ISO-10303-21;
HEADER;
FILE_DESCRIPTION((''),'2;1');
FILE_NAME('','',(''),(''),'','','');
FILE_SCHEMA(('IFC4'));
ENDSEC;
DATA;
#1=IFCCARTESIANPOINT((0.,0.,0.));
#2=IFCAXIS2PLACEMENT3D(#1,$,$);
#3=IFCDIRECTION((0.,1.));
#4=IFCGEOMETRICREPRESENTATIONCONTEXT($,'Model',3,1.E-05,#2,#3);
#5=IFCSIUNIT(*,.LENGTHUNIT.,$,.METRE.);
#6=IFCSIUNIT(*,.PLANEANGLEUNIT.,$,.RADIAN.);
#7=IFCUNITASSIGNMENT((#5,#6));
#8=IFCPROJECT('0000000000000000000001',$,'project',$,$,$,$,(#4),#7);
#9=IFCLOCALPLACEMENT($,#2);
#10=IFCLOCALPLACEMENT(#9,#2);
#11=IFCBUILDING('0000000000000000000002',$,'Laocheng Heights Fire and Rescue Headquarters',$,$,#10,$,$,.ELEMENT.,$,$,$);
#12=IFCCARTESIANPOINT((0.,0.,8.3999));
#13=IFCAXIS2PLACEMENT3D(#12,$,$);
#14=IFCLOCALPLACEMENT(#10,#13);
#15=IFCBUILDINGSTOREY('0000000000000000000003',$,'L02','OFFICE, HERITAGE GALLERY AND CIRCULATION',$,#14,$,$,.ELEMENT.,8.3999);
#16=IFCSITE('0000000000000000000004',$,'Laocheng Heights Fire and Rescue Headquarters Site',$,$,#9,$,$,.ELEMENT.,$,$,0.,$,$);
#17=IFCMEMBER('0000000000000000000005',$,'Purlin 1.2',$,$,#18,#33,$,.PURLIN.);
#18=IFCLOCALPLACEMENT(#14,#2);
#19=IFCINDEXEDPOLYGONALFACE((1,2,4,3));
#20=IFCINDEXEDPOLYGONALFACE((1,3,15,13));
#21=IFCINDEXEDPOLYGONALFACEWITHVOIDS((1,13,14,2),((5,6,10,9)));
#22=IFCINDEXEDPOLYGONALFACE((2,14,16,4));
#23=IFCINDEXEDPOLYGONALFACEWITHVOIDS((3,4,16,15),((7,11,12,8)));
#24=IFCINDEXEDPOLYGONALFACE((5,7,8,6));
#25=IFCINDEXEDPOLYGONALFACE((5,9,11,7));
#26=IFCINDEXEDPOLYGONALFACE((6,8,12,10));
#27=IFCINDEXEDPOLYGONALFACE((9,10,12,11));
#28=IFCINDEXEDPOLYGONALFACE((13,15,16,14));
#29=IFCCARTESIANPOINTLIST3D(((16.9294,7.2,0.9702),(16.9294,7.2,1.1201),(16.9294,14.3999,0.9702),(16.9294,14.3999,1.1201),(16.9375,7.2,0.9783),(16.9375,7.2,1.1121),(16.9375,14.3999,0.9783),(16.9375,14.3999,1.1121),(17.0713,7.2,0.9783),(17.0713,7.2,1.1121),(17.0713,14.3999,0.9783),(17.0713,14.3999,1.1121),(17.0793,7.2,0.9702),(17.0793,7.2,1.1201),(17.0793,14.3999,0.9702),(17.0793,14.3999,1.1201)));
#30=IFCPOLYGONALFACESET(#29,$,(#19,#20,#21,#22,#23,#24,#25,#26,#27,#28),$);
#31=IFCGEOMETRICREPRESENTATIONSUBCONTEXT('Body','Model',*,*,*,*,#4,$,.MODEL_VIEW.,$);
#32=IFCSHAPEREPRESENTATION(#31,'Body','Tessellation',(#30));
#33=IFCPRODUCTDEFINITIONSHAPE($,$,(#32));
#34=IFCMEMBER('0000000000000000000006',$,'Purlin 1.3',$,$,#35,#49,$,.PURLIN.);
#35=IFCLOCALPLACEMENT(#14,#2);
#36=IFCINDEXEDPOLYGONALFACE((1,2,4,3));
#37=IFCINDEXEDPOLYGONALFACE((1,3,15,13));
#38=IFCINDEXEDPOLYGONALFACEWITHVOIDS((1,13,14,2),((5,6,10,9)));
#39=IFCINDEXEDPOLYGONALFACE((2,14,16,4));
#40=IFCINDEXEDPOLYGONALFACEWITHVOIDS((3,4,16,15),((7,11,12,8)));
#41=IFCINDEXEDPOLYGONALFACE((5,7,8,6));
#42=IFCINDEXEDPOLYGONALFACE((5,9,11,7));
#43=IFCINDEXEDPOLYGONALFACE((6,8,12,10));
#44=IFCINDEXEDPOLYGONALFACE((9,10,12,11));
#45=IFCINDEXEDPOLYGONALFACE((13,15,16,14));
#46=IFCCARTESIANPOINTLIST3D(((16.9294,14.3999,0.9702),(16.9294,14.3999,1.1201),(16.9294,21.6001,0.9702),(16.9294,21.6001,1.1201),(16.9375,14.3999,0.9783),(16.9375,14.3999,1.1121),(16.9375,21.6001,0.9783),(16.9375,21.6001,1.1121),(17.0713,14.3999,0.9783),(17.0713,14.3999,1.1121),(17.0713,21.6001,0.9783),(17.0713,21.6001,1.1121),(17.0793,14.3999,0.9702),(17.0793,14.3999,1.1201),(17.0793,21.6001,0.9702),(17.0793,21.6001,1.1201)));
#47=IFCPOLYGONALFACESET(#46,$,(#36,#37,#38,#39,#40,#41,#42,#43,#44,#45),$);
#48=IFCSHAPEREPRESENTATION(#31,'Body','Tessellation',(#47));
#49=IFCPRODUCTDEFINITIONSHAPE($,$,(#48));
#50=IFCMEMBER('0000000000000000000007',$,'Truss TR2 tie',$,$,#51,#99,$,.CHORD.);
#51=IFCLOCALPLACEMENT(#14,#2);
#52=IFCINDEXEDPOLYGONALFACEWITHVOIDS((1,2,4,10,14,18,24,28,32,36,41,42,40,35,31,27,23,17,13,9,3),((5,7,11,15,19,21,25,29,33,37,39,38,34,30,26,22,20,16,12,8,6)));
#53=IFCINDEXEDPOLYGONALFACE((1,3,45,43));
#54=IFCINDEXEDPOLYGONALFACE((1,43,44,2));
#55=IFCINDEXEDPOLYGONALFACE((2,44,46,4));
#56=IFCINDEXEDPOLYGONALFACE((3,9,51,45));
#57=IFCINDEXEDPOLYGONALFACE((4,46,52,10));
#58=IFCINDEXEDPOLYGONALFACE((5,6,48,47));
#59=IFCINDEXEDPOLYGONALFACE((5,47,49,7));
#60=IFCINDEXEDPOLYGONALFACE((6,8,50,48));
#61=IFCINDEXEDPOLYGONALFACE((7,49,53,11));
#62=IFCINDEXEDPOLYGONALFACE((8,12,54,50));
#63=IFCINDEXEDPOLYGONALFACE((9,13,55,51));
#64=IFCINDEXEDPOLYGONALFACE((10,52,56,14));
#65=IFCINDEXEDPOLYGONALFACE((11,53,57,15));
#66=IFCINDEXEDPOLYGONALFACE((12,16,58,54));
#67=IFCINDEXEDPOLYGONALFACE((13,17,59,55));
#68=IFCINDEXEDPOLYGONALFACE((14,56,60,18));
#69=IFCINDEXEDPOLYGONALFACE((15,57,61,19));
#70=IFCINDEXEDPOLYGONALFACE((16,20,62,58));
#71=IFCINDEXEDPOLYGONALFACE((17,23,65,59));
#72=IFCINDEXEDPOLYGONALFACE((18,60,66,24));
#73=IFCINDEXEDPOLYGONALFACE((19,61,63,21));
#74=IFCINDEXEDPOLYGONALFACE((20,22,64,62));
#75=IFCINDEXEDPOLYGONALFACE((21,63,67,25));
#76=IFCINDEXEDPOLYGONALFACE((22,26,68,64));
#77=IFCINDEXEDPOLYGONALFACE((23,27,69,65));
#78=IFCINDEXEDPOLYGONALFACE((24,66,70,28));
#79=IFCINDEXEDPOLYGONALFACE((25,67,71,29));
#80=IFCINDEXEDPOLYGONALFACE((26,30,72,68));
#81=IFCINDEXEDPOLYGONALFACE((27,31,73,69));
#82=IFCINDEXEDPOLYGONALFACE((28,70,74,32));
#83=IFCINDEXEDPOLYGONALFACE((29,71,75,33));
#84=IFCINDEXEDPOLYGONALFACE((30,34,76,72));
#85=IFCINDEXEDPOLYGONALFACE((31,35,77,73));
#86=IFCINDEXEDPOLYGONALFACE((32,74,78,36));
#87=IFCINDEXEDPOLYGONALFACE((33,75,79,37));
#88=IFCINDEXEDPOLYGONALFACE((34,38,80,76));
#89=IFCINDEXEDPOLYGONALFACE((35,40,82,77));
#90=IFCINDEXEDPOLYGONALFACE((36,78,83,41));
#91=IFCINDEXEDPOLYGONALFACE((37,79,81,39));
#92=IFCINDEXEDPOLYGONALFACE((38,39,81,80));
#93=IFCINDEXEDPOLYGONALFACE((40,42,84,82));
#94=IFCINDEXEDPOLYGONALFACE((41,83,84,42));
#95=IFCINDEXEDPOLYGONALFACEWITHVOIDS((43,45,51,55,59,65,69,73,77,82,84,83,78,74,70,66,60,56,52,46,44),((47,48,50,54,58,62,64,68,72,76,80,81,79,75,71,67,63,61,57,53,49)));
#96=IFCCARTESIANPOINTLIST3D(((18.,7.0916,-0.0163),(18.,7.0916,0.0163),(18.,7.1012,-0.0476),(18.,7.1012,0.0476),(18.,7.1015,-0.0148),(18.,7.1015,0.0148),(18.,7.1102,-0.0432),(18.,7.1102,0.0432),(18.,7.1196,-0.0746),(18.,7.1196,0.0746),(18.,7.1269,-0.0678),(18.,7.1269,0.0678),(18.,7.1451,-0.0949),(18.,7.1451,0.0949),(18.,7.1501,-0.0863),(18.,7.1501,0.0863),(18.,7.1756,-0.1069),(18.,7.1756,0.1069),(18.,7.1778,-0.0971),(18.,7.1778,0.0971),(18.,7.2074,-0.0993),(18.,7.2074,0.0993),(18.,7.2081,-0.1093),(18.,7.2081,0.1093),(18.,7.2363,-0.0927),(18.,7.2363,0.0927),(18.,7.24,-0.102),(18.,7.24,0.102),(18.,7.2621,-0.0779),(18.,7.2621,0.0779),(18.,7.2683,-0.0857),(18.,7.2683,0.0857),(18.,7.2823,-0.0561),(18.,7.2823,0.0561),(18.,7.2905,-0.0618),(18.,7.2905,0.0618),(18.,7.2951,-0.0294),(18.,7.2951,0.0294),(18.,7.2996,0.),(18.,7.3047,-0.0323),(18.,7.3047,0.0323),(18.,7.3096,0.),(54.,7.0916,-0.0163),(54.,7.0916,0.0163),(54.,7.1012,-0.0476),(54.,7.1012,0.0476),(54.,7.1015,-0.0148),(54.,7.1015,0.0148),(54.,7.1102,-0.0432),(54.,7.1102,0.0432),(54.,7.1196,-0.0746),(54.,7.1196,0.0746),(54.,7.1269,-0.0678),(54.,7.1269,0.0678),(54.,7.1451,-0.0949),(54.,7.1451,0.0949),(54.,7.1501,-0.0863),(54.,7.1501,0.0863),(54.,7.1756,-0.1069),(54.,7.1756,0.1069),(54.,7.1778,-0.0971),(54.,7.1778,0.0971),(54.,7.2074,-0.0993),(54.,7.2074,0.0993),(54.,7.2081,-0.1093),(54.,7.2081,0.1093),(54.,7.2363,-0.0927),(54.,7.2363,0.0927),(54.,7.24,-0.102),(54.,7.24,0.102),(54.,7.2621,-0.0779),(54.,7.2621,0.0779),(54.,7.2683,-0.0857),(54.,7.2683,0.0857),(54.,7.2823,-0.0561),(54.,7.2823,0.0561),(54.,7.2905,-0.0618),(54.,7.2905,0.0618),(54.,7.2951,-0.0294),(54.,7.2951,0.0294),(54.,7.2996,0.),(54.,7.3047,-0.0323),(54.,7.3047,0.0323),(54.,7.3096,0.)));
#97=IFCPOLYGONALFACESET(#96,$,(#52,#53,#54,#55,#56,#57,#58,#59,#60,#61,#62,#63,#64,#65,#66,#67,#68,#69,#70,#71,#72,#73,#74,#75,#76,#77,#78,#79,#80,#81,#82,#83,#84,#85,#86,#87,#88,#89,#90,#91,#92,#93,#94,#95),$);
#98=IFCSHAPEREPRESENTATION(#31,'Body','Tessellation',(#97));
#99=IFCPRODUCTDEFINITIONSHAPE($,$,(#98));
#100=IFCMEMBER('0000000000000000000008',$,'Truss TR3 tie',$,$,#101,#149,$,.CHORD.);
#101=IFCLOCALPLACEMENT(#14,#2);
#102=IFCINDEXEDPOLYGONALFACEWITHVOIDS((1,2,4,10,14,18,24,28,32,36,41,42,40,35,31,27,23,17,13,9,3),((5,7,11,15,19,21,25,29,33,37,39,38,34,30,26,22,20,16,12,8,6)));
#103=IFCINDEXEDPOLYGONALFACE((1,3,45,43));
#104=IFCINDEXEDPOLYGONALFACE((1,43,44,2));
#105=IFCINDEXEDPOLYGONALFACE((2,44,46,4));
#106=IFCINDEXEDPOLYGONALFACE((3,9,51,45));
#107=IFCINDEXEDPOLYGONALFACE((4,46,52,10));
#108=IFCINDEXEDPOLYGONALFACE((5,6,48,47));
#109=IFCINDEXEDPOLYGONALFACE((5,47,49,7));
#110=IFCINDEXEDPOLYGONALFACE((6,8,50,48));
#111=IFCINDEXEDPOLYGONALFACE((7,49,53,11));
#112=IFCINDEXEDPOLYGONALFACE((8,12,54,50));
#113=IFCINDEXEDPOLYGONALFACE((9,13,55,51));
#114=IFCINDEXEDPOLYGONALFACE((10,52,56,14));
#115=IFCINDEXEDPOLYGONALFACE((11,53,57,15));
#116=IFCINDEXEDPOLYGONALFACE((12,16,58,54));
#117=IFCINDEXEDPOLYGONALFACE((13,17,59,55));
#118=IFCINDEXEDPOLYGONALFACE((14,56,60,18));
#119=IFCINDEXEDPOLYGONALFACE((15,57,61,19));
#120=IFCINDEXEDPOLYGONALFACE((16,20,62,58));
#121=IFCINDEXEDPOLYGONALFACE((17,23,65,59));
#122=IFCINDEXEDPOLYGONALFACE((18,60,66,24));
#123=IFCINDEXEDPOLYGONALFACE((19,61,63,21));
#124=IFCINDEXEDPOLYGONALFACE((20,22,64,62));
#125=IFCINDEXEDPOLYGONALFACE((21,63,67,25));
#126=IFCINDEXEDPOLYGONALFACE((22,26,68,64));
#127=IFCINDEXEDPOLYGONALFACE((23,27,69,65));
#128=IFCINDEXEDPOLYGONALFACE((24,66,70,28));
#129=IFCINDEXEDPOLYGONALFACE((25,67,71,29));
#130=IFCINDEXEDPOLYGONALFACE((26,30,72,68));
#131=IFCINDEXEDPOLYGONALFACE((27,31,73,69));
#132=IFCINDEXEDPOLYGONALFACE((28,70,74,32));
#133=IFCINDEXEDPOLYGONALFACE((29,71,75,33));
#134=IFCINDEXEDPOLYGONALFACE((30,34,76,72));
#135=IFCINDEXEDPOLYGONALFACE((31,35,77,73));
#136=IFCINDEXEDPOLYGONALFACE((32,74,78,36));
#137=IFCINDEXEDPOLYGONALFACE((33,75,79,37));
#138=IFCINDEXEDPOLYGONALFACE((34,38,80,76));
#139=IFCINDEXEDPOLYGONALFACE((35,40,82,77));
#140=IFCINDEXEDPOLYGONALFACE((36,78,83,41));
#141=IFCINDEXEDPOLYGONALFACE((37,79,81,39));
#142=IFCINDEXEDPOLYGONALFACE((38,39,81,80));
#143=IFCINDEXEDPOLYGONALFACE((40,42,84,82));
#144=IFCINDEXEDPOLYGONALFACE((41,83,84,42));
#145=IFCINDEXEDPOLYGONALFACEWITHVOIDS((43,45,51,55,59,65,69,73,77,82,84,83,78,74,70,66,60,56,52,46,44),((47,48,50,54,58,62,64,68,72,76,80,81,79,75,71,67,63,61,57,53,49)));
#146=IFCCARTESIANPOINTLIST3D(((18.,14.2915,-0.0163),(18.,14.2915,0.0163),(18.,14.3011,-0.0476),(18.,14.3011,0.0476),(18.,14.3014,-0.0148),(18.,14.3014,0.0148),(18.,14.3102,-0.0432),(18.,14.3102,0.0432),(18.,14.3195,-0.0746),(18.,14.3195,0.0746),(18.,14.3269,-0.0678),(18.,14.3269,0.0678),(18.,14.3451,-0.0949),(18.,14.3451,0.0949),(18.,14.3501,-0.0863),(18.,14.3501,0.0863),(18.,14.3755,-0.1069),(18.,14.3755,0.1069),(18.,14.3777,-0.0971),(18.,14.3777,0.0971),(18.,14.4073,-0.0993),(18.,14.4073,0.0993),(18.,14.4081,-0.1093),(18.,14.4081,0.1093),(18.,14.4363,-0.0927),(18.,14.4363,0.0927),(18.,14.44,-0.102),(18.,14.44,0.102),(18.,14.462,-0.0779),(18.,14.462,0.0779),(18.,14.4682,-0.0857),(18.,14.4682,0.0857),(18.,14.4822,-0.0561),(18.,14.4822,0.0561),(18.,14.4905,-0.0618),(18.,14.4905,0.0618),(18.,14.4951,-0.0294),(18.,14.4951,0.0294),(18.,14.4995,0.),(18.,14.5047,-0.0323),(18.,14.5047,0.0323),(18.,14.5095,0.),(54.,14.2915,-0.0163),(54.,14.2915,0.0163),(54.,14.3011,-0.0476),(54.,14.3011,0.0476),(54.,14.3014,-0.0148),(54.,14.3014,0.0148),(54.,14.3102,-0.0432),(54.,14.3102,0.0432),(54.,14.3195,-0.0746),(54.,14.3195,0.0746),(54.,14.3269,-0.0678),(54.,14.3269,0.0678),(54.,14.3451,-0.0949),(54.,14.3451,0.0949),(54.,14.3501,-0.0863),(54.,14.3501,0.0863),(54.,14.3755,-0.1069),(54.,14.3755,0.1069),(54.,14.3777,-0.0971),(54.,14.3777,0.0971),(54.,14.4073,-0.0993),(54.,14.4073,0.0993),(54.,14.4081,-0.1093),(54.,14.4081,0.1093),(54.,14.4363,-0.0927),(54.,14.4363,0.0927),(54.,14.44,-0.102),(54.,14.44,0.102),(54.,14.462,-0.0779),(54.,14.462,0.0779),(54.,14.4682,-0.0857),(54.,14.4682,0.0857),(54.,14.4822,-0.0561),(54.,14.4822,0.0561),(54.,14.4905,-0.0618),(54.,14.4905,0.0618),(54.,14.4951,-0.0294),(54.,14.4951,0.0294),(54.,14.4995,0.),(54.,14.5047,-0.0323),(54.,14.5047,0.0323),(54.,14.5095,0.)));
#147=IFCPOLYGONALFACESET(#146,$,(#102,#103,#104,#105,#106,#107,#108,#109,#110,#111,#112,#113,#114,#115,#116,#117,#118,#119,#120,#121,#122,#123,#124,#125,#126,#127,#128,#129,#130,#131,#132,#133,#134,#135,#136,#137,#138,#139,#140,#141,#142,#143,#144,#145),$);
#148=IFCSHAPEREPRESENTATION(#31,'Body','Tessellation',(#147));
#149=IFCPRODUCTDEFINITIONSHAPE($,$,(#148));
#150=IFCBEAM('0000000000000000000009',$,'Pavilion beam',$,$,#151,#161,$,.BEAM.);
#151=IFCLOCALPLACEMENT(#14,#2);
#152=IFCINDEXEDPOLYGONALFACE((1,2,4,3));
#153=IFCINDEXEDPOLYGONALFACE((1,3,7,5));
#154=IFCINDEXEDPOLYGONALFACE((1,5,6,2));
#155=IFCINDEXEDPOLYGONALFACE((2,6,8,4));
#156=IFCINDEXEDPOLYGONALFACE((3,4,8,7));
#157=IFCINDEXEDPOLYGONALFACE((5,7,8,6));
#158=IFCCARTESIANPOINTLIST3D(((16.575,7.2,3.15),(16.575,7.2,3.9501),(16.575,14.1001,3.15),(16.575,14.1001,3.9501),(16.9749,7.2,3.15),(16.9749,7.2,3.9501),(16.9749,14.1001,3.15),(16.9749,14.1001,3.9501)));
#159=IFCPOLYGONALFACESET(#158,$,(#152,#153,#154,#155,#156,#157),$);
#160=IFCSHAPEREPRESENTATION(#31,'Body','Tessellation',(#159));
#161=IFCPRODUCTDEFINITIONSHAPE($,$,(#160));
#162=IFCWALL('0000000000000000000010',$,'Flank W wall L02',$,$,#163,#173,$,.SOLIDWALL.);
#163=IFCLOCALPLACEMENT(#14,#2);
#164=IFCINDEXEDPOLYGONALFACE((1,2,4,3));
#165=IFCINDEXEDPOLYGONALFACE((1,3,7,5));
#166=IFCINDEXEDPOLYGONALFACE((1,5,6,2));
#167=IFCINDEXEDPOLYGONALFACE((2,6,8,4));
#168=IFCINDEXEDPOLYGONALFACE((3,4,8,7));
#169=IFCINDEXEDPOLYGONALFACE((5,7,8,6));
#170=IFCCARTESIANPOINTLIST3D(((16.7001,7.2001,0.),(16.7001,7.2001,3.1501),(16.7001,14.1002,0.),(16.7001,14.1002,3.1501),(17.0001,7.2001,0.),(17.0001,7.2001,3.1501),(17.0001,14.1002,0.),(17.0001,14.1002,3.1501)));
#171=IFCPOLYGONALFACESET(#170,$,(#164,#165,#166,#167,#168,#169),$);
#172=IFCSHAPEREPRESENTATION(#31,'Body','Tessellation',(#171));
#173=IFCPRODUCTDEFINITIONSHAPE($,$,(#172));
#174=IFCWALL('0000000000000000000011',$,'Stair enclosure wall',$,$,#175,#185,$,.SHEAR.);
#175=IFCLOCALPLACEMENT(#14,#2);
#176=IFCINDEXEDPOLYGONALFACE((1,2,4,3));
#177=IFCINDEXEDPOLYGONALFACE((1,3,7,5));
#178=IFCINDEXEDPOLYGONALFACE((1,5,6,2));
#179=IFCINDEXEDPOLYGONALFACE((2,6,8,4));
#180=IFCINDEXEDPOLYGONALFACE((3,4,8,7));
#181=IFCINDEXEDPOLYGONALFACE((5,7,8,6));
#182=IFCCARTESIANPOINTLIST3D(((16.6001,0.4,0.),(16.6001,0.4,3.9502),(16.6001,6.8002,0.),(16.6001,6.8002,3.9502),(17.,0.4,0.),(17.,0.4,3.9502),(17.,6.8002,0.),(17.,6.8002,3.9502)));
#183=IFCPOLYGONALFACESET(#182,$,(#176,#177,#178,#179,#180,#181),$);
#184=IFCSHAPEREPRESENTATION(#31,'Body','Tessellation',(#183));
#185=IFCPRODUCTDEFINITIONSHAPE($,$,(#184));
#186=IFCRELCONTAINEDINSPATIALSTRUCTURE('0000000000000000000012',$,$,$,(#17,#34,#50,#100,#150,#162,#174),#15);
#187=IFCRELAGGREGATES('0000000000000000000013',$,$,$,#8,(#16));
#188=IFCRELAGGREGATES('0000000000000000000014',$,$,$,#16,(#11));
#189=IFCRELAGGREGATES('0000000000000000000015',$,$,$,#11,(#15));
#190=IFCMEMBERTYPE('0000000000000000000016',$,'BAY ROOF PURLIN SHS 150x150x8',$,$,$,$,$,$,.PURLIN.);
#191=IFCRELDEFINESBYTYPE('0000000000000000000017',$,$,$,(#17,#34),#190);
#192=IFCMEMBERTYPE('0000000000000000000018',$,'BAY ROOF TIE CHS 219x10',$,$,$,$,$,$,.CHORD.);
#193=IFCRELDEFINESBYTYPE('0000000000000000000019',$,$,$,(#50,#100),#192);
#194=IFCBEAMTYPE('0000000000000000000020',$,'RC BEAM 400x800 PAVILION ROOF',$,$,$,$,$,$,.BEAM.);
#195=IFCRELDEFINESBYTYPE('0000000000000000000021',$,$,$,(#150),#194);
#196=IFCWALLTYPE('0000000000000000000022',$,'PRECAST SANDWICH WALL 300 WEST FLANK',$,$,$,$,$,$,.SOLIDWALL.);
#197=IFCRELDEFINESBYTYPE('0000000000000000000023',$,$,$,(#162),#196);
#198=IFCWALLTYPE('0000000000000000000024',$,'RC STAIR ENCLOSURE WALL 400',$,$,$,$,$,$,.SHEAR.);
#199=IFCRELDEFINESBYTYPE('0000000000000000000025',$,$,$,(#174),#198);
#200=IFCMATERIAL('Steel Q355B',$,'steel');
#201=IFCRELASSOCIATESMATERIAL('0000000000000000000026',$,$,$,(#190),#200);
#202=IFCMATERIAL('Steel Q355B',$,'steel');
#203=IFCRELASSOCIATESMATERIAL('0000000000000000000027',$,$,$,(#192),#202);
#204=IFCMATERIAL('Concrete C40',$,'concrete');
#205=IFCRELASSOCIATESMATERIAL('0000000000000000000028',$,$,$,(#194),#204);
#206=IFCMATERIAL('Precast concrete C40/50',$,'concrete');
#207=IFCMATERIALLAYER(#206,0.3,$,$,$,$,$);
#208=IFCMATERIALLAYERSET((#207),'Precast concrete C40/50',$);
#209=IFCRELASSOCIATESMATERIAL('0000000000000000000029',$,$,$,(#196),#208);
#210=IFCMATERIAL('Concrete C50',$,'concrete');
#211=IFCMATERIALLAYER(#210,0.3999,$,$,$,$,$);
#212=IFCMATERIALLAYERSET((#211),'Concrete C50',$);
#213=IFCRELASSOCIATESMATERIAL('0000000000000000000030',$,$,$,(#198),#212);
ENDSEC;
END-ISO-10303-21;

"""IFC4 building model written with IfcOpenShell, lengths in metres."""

from ifc_helpers import new_model, si_unit, direction, frame, frame_2d, origin, origin_2d, place, context, subcontext, project, spatial, rectangle, hollow_rectangle, hollow_circle, extrude, material, layer, layer_set, material_profile, profile_set, type_object, element, save


model = new_model("IFC4")

# Units and contexts
model_context = context("Model", 3, precision=1e-05, world=origin(), true_north=direction((0.0, 1.0)))
body_context = subcontext(model_context, "Body", "Model", "MODEL_VIEW")
ifc_project = project(units=[si_unit("LENGTHUNIT", "METRE"), si_unit("PLANEANGLEUNIT", "RADIAN")], contexts=[model_context])

# Site, building, storey
site_placement = place(None, origin())
site = spatial("IfcSite", under=ifc_project, at=site_placement, Name="Laocheng Heights Fire and Rescue Headquarters Site", CompositionType="ELEMENT", RefElevation=0.0)
building_placement = place(site_placement, origin())
building = spatial("IfcBuilding", under=site, at=building_placement, Name="Laocheng Heights Fire and Rescue Headquarters", CompositionType="ELEMENT")
storey_placement = place(building_placement, frame((0.0, 0.0, 8.3999)))
storey = spatial("IfcBuildingStorey", under=building, at=storey_placement, Name="L02", Description="OFFICE, HERITAGE GALLERY AND CIRCULATION", CompositionType="ELEMENT", Elevation=8.3999)

# Members
ifc_material_1 = material(Name="Steel Q355B", Category="steel")
ifc_material_profile_1 = material_profile(ifc_material_1, hollow_rectangle(XDim=0.1499, YDim=0.1499, WallThickness=0.0081, at=origin_2d()), Name="SHS 150x150x8")
ifc_profile_set_1 = profile_set([ifc_material_profile_1], Name="Steel Q355B")
member_type_1 = type_object("IfcMemberType", Name="BAY ROOF PURLIN SHS 150x150x8", PredefinedType="PURLIN", material=ifc_profile_set_1)
member_1_placement = place(storey_placement, frame((17.0044, 7.2, 1.0452), z_axis=(0.0, 1.0, 0.0), x_axis=(-1.0, 0.0, 0.0)))
element("IfcMember", 1, at=member_1_placement, inside=storey, type_object=member_type_1, Name="Purlin 1.2", PredefinedType="PURLIN", context=body_context, shape_type="SweptSolid", body=[
    extrude(hollow_rectangle(XDim=0.1499, YDim=0.1499, WallThickness=0.0081, at=origin_2d()), origin(), (0.0, 0.0, 1.0), 7.2),
])
member_2_placement = place(storey_placement, frame((17.0044, 14.3999, 1.0452), z_axis=(0.0, 1.0, 0.0), x_axis=(-1.0, 0.0, 0.0)))
element("IfcMember", 2, at=member_2_placement, inside=storey, type_object=member_type_1, Name="Purlin 1.3", PredefinedType="PURLIN", context=body_context, shape_type="SweptSolid", body=[
    extrude(hollow_rectangle(XDim=0.1499, YDim=0.1499, WallThickness=0.0081, at=origin_2d()), origin(), (0.0, 0.0, 1.0), 7.2002),
])
ifc_material_2 = material(Name="Steel Q355B", Category="steel")
ifc_material_profile_2 = material_profile(ifc_material_2, hollow_circle(Radius=0.1096, WallThickness=0.01, at=origin_2d()), Name="CHS 219x10")
ifc_profile_set_2 = profile_set([ifc_material_profile_2], Name="Steel Q355B")
member_type_2 = type_object("IfcMemberType", Name="BAY ROOF TIE CHS 219x10", PredefinedType="CHORD", material=ifc_profile_set_2)
for number, where, z_axis, x_axis, name in (
    (3, (18.0, 7.2, 0.0), (1.0, 0.0, 0.0), (0.0, 1.0, 0.0), "Truss TR2 tie"),
    (4, (18.0, 14.3999, 0.0), (1.0, 0.0, 0.0), (0.0, 1.0, 0.0), "Truss TR3 tie"),
):
    element("IfcMember", number, at=place(storey_placement, frame(where, z_axis=z_axis, x_axis=x_axis)), inside=storey, type_object=member_type_2, Name=name, PredefinedType="CHORD", context=body_context, shape_type="SweptSolid", body=[
        extrude(hollow_circle(Radius=0.1096, WallThickness=0.01, at=origin_2d()), origin(), (0.0, 0.0, 1.0), 36.0),
    ])

# Beam
ifc_material_3 = material(Name="Concrete C40", Category="concrete")
ifc_material_profile_3 = material_profile(ifc_material_3, rectangle(XDim=0.3999, YDim=0.8, at=origin_2d()), Name="RC BEAM 400x800 PAVILION ROOF")
ifc_profile_set_3 = profile_set([ifc_material_profile_3], Name="Concrete C40")
beam_type = type_object("IfcBeamType", Name="RC BEAM 400x800 PAVILION ROOF", PredefinedType="BEAM", material=ifc_profile_set_3)
beam_placement = place(storey_placement, frame((16.7749, 7.2, 3.55), z_axis=(0.0, 1.0, 0.0), x_axis=(-1.0, 0.0, 0.0)))
element("IfcBeam", 5, at=beam_placement, inside=storey, type_object=beam_type, Name="Pavilion beam", PredefinedType="BEAM", context=body_context, shape_type="SweptSolid", body=[
    extrude(rectangle(XDim=0.3999, YDim=0.8, at=origin_2d()), origin(), (0.0, 0.0, 1.0), 6.9001),
])

# Walls
ifc_material_4 = material(Name="Precast concrete C40/50", Category="concrete")
ifc_layer_1 = layer(ifc_material_4, 0.3)
ifc_layer_set_1 = layer_set([ifc_layer_1], Name="Precast concrete C40/50")
wall_type_1 = type_object("IfcWallType", Name="PRECAST SANDWICH WALL 300 WEST FLANK", PredefinedType="SOLIDWALL", material=ifc_layer_set_1)
wall_1_placement = place(storey_placement, frame((16.8501, 7.2, 0.0), z_axis=(0.0, 0.0, 1.0), x_axis=(0.0, 1.0, 0.0)))
element("IfcWall", 6, at=wall_1_placement, inside=storey, type_object=wall_type_1, Name="Flank W wall L02", PredefinedType="SOLIDWALL", context=body_context, shape_type="SweptSolid", body=[
    extrude(rectangle(XDim=6.9001, YDim=0.3, at=frame_2d((3.4502, 0.0))), origin(), (0.0, 0.0, 1.0), 3.1501),
])
ifc_material_5 = material(Name="Concrete C50", Category="concrete")
ifc_layer_2 = layer(ifc_material_5, 0.3999)
ifc_layer_set_2 = layer_set([ifc_layer_2], Name="Concrete C50")
wall_type_2 = type_object("IfcWallType", Name="RC STAIR ENCLOSURE WALL 400", PredefinedType="SHEAR", material=ifc_layer_set_2)
wall_2_placement = place(storey_placement, frame((16.8, 0.3999, 0.0), z_axis=(0.0, 0.0, 1.0), x_axis=(0.0, 1.0, 0.0)))
element("IfcWall", 7, at=wall_2_placement, inside=storey, type_object=wall_type_2, Name="Stair enclosure wall", PredefinedType="SHEAR", context=body_context, shape_type="SweptSolid", body=[
    extrude(rectangle(XDim=6.4001, YDim=0.3999, at=frame_2d((3.2002, 0.0))), origin(), (0.0, 0.0, 1.0), 3.9502),
])

save(model, "model.ifc")
